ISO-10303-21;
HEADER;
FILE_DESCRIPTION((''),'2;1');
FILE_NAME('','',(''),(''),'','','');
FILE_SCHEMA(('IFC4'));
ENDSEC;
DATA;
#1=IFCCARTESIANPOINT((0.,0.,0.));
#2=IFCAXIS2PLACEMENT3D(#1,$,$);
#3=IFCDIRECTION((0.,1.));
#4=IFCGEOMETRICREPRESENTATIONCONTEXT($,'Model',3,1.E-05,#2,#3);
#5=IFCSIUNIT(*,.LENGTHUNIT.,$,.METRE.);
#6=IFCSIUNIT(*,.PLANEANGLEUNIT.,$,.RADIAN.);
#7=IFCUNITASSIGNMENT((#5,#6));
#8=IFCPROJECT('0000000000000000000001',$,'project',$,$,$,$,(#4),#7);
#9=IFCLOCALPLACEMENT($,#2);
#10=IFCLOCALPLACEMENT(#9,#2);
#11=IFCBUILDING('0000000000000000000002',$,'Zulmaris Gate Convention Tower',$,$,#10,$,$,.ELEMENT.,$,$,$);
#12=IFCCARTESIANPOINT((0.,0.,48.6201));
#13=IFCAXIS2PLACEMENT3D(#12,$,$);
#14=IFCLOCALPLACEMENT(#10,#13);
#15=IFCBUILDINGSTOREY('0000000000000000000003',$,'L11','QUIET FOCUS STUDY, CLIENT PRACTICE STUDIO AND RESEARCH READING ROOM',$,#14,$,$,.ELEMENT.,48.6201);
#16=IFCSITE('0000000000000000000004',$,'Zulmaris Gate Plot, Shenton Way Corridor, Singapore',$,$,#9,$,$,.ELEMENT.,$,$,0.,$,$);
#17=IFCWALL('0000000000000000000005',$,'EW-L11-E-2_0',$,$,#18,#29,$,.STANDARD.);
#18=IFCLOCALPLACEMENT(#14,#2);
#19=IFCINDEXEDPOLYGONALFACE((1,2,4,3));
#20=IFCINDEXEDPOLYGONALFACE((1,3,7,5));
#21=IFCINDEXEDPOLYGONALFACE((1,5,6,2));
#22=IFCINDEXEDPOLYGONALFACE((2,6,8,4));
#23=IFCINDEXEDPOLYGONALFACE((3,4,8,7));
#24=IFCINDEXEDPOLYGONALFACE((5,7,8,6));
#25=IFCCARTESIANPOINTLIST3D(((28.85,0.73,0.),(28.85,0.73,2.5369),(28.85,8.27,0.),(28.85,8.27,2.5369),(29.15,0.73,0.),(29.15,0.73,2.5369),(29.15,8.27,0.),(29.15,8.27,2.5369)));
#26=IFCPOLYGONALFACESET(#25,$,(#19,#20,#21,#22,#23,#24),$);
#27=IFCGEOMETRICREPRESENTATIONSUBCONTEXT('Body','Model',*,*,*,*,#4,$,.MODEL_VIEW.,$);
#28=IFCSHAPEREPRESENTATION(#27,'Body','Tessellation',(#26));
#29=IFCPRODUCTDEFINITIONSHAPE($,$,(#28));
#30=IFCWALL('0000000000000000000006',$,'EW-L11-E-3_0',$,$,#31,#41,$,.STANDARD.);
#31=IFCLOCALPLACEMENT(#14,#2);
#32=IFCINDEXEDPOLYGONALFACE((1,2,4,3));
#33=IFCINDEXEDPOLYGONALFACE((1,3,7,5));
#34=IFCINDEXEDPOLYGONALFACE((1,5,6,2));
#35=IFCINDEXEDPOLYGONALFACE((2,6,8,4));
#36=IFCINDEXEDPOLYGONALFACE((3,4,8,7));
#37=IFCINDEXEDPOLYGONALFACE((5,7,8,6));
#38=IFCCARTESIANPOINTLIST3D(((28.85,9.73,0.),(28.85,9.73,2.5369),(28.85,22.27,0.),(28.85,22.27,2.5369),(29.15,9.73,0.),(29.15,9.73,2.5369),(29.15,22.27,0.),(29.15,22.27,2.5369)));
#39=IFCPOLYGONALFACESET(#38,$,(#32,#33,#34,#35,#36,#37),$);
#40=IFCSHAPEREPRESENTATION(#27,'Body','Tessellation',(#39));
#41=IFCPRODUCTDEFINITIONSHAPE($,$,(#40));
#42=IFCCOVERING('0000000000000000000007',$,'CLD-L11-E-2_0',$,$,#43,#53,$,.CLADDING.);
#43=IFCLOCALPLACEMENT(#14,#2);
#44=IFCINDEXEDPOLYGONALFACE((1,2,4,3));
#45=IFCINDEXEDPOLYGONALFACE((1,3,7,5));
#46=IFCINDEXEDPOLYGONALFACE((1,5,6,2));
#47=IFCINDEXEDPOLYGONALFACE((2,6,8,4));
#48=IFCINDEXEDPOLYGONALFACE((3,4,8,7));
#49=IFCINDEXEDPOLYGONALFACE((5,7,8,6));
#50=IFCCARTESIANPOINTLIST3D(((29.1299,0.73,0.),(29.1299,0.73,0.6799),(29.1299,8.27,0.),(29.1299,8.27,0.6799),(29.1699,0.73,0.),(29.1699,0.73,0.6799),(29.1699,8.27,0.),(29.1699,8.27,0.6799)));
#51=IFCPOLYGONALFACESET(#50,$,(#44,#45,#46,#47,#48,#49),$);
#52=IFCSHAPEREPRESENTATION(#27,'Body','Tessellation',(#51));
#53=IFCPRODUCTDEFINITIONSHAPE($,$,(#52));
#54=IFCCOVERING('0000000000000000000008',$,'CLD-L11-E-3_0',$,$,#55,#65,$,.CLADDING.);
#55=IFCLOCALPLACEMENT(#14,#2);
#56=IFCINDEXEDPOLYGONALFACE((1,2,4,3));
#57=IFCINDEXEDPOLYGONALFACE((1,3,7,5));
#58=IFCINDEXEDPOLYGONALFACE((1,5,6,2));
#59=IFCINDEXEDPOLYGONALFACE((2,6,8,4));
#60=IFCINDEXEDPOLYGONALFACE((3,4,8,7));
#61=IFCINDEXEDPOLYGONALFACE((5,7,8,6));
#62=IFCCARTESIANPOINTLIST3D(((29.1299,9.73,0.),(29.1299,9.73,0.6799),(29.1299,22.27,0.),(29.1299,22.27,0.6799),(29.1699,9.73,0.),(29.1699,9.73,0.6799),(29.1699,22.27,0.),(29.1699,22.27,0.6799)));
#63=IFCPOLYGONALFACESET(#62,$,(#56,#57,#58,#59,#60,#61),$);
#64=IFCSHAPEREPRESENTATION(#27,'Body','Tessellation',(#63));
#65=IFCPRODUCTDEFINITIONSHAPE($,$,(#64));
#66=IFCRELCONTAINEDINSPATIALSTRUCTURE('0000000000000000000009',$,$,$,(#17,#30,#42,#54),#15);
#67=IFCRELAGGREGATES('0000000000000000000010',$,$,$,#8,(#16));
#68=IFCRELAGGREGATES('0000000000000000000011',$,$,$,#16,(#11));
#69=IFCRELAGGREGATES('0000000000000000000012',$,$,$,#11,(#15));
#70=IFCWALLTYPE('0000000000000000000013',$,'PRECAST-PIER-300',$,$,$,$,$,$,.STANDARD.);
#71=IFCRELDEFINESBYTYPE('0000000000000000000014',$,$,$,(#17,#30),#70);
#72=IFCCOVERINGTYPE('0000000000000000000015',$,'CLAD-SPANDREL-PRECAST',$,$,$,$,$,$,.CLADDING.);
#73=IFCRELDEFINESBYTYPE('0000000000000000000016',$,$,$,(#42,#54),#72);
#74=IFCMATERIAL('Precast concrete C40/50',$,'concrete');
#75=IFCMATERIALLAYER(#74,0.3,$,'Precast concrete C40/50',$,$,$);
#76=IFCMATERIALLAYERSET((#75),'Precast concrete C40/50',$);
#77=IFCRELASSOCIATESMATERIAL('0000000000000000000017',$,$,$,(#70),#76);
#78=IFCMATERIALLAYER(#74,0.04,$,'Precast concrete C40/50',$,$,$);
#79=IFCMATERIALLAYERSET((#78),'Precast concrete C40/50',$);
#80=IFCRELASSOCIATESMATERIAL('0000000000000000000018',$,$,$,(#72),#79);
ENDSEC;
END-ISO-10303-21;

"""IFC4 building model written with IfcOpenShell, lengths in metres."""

from ifc_helpers import new_model, si_unit, direction, frame, frame_2d, origin, place, context, subcontext, project, spatial, rectangle, extrude, material, layer, layer_set, type_object, element, save


model = new_model("IFC4")

# Units and contexts
model_context = context("Model", 3, precision=1e-05, world=origin(), true_north=direction((0.0, 1.0)))
body_context = subcontext(model_context, "Body", "Model", "MODEL_VIEW")
ifc_project = project(units=[si_unit("LENGTHUNIT", "METRE"), si_unit("PLANEANGLEUNIT", "RADIAN")], contexts=[model_context])

# Site, building, storey
site_placement = place(None, origin())
site = spatial("IfcSite", under=ifc_project, at=site_placement, Name="Zulmaris Gate Plot, Shenton Way Corridor, Singapore", CompositionType="ELEMENT", RefElevation=0.0)
building_placement = place(site_placement, origin())
building = spatial("IfcBuilding", under=site, at=building_placement, Name="Zulmaris Gate Convention Tower", CompositionType="ELEMENT")
storey_placement = place(building_placement, frame((0.0, 0.0, 48.6201)))
storey = spatial("IfcBuildingStorey", under=building, at=storey_placement, Name="L11", Description="QUIET FOCUS STUDY, CLIENT PRACTICE STUDIO AND RESEARCH READING ROOM", CompositionType="ELEMENT", Elevation=48.6201)

# Walls
ifc_material_1 = material(Name="Precast concrete C40/50", Category="concrete")
ifc_layer_1 = layer(ifc_material_1, 0.3, Name="Precast concrete C40/50")
ifc_layer_set_1 = layer_set([ifc_layer_1], Name="Precast concrete C40/50")
wall_type_1 = type_object("IfcWallType", Name="PRECAST-PIER-300", PredefinedType="STANDARD", material=ifc_layer_set_1)
wall_1_placement = place(storey_placement, frame((29.0, 0.73, 0.0), z_axis=(0.0, 0.0, 1.0), x_axis=(0.0, 1.0, 0.0)))
element("IfcWall", 1, at=wall_1_placement, inside=storey, type_object=wall_type_1, Name="EW-L11-E-2_0", PredefinedType="STANDARD", context=body_context, shape_type="SweptSolid", body=[
    extrude(rectangle(XDim=7.54, YDim=0.3, at=frame_2d((3.77, 0.0))), origin(), (0.0, 0.0, 1.0), 2.5369),
])
wall_2_placement = place(storey_placement, frame((29.0, 9.73, 0.0), z_axis=(0.0, 0.0, 1.0), x_axis=(0.0, 1.0, 0.0)))
element("IfcWall", 2, at=wall_2_placement, inside=storey, type_object=wall_type_1, Name="EW-L11-E-3_0", PredefinedType="STANDARD", context=body_context, shape_type="SweptSolid", body=[
    extrude(rectangle(XDim=12.54, YDim=0.3, at=frame_2d((6.27, 0.0))), origin(), (0.0, 0.0, 1.0), 2.5369),
])

# Coverings
ifc_layer_2 = layer(ifc_material_1, 0.04, Name="Precast concrete C40/50")
ifc_layer_set_2 = layer_set([ifc_layer_2], Name="Precast concrete C40/50")
covering_type = type_object("IfcCoveringType", Name="CLAD-SPANDREL-PRECAST", PredefinedType="CLADDING", material=ifc_layer_set_2)
covering_1_placement = place(storey_placement, frame((29.1499, 0.73, 0.0), z_axis=(0.0, 0.0, 1.0), x_axis=(0.0, 1.0, 0.0)))
element("IfcCovering", 3, at=covering_1_placement, inside=storey, type_object=covering_type, Name="CLD-L11-E-2_0", PredefinedType="CLADDING", context=body_context, shape_type="SweptSolid", body=[
    extrude(rectangle(XDim=7.54, YDim=0.04, at=frame_2d((3.77, 0.0))), origin(), (0.0, 0.0, 1.0), 0.6799),
])
covering_2_placement = place(storey_placement, frame((29.1499, 9.73, 0.0), z_axis=(0.0, 0.0, 1.0), x_axis=(0.0, 1.0, 0.0)))
element("IfcCovering", 4, at=covering_2_placement, inside=storey, type_object=covering_type, Name="CLD-L11-E-3_0", PredefinedType="CLADDING", context=body_context, shape_type="SweptSolid", body=[
    extrude(rectangle(XDim=12.54, YDim=0.04, at=frame_2d((6.27, 0.0))), origin(), (0.0, 0.0, 1.0), 0.6799),
])

save(model, "model.ifc")
